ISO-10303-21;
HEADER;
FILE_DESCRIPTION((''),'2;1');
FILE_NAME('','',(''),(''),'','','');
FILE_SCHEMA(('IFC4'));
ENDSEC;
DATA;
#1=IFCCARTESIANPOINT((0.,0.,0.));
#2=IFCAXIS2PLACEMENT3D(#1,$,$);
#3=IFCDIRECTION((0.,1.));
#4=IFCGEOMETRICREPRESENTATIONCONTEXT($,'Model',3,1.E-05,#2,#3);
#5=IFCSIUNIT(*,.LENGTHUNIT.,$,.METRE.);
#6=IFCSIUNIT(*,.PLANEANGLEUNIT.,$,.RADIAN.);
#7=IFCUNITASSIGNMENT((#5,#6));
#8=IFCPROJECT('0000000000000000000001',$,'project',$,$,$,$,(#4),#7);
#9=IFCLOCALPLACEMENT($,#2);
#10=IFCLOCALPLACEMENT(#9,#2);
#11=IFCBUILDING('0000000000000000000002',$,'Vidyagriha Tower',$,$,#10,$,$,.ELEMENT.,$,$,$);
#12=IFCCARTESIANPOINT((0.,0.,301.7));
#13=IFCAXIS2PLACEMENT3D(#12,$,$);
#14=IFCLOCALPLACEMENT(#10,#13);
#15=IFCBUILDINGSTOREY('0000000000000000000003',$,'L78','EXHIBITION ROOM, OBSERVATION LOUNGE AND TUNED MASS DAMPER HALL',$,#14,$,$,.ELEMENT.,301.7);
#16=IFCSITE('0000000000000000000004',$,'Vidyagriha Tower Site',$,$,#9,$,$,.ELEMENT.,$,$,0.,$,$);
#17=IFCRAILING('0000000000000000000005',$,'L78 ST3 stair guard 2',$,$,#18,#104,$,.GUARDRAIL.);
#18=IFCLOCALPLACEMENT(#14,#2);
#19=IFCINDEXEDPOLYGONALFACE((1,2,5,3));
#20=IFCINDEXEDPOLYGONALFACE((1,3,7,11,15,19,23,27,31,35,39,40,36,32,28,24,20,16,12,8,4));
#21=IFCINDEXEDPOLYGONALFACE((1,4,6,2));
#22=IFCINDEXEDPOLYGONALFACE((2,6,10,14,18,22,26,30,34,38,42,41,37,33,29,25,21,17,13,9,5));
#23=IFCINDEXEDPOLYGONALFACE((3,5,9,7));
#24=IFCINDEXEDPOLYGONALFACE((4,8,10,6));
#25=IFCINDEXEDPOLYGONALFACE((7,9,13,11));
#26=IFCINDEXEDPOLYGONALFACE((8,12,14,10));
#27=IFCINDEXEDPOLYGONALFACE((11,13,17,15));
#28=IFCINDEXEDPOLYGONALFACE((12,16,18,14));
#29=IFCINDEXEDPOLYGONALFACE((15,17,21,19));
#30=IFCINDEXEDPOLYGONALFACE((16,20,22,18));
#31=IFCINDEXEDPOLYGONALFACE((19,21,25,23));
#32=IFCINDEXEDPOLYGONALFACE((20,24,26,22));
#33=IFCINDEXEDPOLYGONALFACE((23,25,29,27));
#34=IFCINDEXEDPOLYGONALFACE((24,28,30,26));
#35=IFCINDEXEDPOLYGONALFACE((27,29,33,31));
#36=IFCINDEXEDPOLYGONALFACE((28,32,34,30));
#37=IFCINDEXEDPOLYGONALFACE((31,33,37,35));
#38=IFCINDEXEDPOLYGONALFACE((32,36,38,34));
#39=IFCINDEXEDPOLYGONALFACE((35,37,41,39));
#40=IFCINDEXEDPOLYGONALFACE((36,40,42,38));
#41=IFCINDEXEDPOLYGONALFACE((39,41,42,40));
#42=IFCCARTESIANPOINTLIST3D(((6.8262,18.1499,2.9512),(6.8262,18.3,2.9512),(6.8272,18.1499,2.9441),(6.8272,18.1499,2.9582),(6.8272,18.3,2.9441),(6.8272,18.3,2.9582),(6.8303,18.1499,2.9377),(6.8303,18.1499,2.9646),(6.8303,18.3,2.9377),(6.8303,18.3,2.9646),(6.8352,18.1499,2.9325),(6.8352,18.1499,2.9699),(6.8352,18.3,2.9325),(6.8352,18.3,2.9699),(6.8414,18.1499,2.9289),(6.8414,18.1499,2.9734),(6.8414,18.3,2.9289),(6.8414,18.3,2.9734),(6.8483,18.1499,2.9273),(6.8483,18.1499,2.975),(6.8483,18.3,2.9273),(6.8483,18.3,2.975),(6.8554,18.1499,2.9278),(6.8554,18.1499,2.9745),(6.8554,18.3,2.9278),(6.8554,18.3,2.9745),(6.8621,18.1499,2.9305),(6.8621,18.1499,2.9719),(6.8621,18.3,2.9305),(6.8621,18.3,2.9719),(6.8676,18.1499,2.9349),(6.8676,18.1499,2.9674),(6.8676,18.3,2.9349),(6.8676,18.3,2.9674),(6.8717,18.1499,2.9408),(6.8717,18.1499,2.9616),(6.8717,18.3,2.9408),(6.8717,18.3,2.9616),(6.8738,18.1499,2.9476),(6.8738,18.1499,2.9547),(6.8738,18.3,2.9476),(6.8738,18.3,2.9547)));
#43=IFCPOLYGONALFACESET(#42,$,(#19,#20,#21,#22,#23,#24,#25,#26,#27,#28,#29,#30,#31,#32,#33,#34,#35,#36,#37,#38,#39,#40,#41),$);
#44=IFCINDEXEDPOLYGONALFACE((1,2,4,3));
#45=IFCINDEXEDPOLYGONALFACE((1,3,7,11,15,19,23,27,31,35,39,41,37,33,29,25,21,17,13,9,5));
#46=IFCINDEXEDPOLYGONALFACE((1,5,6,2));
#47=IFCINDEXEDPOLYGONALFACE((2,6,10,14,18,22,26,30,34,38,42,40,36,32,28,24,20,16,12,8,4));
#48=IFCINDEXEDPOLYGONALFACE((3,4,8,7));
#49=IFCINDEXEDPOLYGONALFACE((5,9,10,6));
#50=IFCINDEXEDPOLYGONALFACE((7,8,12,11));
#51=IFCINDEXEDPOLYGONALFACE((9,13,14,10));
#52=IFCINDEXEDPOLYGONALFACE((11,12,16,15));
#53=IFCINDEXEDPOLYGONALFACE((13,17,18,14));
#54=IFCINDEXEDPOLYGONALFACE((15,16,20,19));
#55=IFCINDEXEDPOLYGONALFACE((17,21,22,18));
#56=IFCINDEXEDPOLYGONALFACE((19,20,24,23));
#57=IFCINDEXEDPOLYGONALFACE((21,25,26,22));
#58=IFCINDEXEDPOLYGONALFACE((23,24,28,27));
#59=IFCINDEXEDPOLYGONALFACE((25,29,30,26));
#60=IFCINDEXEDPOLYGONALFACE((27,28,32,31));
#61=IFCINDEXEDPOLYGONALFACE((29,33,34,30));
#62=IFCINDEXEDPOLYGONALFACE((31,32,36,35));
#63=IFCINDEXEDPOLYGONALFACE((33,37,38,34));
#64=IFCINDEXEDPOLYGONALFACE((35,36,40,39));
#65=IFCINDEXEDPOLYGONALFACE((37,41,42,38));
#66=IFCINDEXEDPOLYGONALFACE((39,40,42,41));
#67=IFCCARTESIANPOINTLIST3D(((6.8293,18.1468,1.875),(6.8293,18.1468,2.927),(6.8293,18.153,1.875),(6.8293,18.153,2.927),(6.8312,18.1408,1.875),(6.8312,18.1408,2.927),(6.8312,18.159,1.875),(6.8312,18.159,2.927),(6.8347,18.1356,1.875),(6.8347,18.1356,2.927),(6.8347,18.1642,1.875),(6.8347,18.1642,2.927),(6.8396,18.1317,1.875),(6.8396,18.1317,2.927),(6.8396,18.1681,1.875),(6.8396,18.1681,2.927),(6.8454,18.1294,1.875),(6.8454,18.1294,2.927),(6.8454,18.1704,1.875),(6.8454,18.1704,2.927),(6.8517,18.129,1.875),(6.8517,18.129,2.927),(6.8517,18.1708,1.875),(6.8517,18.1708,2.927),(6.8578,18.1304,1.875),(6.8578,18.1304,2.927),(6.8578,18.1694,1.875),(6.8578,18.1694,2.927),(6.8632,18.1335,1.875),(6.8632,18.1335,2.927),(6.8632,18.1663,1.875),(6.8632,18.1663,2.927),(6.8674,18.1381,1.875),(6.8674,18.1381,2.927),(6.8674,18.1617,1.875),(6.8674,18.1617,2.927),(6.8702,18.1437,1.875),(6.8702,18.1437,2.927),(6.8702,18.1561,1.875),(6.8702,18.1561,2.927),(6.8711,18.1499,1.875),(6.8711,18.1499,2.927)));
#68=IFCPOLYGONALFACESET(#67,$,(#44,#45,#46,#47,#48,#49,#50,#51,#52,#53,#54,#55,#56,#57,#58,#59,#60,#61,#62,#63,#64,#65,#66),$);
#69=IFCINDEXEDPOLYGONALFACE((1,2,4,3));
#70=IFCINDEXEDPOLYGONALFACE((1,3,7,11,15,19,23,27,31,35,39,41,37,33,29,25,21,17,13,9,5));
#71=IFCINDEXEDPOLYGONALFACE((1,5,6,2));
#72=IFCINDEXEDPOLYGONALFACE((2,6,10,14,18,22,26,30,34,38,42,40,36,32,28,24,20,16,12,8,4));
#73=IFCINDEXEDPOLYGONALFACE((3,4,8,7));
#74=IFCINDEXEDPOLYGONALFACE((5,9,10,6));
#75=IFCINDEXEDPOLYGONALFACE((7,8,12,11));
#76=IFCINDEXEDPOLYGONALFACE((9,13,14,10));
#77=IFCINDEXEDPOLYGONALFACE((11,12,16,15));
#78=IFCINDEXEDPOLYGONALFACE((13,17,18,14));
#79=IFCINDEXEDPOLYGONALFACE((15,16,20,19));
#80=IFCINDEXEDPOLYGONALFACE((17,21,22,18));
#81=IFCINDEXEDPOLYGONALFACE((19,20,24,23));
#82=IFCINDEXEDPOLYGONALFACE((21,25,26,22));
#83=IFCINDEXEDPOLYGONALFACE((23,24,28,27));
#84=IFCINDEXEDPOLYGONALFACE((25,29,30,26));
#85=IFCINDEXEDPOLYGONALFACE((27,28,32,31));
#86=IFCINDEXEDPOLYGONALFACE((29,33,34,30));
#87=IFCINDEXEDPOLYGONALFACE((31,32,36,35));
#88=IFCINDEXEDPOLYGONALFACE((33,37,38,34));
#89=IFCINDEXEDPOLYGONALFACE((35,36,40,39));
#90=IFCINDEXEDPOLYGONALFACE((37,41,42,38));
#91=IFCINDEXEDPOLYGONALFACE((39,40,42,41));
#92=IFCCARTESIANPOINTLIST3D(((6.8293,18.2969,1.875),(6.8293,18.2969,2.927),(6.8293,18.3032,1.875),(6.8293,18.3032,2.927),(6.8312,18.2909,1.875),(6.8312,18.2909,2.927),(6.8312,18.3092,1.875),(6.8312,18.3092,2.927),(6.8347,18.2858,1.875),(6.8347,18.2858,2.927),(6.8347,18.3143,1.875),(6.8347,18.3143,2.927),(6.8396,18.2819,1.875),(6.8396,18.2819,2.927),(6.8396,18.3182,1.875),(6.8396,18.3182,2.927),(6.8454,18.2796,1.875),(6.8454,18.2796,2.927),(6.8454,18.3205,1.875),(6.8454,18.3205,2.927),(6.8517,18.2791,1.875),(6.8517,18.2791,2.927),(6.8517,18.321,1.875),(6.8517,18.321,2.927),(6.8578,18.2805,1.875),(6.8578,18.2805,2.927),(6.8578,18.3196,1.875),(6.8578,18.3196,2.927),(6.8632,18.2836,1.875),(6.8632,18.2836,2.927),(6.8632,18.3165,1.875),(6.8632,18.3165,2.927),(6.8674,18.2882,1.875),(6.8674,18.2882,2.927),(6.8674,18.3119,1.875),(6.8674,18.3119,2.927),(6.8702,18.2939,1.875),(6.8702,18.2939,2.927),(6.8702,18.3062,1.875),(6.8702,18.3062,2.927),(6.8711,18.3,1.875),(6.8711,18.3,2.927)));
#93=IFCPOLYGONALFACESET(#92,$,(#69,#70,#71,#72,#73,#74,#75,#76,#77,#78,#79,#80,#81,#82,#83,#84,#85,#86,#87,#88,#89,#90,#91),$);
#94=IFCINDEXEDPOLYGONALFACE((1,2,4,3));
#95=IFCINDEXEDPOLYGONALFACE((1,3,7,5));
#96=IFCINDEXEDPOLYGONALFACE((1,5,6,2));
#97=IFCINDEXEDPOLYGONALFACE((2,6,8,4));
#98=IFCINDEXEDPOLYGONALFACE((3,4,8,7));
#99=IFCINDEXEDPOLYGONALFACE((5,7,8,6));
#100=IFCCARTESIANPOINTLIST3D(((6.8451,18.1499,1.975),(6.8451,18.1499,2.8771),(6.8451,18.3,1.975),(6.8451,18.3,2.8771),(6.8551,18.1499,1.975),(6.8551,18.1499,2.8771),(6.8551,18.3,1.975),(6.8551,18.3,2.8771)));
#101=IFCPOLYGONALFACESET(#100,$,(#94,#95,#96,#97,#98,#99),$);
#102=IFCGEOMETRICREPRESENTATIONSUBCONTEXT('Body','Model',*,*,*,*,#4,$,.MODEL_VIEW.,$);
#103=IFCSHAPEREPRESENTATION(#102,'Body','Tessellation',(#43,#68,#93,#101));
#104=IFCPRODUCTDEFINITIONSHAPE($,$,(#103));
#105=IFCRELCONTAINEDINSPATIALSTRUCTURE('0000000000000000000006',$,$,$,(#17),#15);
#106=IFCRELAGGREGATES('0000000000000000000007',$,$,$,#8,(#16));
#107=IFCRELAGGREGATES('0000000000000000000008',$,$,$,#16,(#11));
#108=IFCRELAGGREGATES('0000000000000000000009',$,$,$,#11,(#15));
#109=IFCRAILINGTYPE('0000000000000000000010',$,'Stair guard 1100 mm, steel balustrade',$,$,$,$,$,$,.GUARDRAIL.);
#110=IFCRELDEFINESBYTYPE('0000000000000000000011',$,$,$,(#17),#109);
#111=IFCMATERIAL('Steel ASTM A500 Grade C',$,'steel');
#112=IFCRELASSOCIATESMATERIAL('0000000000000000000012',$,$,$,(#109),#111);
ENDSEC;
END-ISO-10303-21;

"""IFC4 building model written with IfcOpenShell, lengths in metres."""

from ifc_helpers import new_model, si_unit, direction, frame, origin, origin_2d, place, context, subcontext, project, spatial, rectangle, circle, extrude, material, type_object, element, save


model = new_model("IFC4")

# Units and contexts
model_context = context("Model", 3, precision=1e-05, world=origin(), true_north=direction((0.0, 1.0)))
body_context = subcontext(model_context, "Body", "Model", "MODEL_VIEW")
ifc_project = project(units=[si_unit("LENGTHUNIT", "METRE"), si_unit("PLANEANGLEUNIT", "RADIAN")], contexts=[model_context])

# Site, building, storey
site_placement = place(None, origin())
site = spatial("IfcSite", under=ifc_project, at=site_placement, Name="Vidyagriha Tower Site", CompositionType="ELEMENT", RefElevation=0.0)
building_placement = place(site_placement, origin())
building = spatial("IfcBuilding", under=site, at=building_placement, Name="Vidyagriha Tower", CompositionType="ELEMENT")
storey_placement = place(building_placement, frame((0.0, 0.0, 301.7)))
storey = spatial("IfcBuildingStorey", under=building, at=storey_placement, Name="L78", Description="EXHIBITION ROOM, OBSERVATION LOUNGE AND TUNED MASS DAMPER HALL", CompositionType="ELEMENT", Elevation=301.7)

# Railing
ifc_material_1 = material(Name="Steel ASTM A500 Grade C", Category="steel")
railing_type_1 = type_object("IfcRailingType", Name="Stair guard 1100 mm, steel balustrade", PredefinedType="GUARDRAIL", material=ifc_material_1)
railing_1_placement = place(storey_placement, frame((6.8501, 18.1499, 1.875)))
element("IfcRailing", 1, at=railing_1_placement, inside=storey, type_object=railing_type_1, Name="L78 ST3 stair guard 2", PredefinedType="GUARDRAIL", context=body_context, shape_type="SweptSolid", body=[
    extrude(circle(Radius=0.0239, at=origin_2d()), frame((0.0, 0.0, 1.0762), z_axis=(0.0, 1.0, 0.0), x_axis=(-1.0, 0.0, 0.0)), (0.0, 0.0, 1.0), 0.1501),
    extrude(circle(Radius=0.021, at=origin_2d()), origin(), (0.0, 0.0, 1.0), 1.052),
    extrude(circle(Radius=0.021, at=origin_2d()), frame((0.0, 0.1501, 0.0)), (0.0, 0.0, 1.0), 1.052),
    extrude(rectangle(XDim=0.01, YDim=0.9021, at=origin_2d()), frame((0.0, 0.0, 0.551), z_axis=(0.0, 1.0, 0.0), x_axis=(-1.0, 0.0, 0.0)), (0.0, 0.0, 1.0), 0.1501),
])

save(model, "model.ifc")
